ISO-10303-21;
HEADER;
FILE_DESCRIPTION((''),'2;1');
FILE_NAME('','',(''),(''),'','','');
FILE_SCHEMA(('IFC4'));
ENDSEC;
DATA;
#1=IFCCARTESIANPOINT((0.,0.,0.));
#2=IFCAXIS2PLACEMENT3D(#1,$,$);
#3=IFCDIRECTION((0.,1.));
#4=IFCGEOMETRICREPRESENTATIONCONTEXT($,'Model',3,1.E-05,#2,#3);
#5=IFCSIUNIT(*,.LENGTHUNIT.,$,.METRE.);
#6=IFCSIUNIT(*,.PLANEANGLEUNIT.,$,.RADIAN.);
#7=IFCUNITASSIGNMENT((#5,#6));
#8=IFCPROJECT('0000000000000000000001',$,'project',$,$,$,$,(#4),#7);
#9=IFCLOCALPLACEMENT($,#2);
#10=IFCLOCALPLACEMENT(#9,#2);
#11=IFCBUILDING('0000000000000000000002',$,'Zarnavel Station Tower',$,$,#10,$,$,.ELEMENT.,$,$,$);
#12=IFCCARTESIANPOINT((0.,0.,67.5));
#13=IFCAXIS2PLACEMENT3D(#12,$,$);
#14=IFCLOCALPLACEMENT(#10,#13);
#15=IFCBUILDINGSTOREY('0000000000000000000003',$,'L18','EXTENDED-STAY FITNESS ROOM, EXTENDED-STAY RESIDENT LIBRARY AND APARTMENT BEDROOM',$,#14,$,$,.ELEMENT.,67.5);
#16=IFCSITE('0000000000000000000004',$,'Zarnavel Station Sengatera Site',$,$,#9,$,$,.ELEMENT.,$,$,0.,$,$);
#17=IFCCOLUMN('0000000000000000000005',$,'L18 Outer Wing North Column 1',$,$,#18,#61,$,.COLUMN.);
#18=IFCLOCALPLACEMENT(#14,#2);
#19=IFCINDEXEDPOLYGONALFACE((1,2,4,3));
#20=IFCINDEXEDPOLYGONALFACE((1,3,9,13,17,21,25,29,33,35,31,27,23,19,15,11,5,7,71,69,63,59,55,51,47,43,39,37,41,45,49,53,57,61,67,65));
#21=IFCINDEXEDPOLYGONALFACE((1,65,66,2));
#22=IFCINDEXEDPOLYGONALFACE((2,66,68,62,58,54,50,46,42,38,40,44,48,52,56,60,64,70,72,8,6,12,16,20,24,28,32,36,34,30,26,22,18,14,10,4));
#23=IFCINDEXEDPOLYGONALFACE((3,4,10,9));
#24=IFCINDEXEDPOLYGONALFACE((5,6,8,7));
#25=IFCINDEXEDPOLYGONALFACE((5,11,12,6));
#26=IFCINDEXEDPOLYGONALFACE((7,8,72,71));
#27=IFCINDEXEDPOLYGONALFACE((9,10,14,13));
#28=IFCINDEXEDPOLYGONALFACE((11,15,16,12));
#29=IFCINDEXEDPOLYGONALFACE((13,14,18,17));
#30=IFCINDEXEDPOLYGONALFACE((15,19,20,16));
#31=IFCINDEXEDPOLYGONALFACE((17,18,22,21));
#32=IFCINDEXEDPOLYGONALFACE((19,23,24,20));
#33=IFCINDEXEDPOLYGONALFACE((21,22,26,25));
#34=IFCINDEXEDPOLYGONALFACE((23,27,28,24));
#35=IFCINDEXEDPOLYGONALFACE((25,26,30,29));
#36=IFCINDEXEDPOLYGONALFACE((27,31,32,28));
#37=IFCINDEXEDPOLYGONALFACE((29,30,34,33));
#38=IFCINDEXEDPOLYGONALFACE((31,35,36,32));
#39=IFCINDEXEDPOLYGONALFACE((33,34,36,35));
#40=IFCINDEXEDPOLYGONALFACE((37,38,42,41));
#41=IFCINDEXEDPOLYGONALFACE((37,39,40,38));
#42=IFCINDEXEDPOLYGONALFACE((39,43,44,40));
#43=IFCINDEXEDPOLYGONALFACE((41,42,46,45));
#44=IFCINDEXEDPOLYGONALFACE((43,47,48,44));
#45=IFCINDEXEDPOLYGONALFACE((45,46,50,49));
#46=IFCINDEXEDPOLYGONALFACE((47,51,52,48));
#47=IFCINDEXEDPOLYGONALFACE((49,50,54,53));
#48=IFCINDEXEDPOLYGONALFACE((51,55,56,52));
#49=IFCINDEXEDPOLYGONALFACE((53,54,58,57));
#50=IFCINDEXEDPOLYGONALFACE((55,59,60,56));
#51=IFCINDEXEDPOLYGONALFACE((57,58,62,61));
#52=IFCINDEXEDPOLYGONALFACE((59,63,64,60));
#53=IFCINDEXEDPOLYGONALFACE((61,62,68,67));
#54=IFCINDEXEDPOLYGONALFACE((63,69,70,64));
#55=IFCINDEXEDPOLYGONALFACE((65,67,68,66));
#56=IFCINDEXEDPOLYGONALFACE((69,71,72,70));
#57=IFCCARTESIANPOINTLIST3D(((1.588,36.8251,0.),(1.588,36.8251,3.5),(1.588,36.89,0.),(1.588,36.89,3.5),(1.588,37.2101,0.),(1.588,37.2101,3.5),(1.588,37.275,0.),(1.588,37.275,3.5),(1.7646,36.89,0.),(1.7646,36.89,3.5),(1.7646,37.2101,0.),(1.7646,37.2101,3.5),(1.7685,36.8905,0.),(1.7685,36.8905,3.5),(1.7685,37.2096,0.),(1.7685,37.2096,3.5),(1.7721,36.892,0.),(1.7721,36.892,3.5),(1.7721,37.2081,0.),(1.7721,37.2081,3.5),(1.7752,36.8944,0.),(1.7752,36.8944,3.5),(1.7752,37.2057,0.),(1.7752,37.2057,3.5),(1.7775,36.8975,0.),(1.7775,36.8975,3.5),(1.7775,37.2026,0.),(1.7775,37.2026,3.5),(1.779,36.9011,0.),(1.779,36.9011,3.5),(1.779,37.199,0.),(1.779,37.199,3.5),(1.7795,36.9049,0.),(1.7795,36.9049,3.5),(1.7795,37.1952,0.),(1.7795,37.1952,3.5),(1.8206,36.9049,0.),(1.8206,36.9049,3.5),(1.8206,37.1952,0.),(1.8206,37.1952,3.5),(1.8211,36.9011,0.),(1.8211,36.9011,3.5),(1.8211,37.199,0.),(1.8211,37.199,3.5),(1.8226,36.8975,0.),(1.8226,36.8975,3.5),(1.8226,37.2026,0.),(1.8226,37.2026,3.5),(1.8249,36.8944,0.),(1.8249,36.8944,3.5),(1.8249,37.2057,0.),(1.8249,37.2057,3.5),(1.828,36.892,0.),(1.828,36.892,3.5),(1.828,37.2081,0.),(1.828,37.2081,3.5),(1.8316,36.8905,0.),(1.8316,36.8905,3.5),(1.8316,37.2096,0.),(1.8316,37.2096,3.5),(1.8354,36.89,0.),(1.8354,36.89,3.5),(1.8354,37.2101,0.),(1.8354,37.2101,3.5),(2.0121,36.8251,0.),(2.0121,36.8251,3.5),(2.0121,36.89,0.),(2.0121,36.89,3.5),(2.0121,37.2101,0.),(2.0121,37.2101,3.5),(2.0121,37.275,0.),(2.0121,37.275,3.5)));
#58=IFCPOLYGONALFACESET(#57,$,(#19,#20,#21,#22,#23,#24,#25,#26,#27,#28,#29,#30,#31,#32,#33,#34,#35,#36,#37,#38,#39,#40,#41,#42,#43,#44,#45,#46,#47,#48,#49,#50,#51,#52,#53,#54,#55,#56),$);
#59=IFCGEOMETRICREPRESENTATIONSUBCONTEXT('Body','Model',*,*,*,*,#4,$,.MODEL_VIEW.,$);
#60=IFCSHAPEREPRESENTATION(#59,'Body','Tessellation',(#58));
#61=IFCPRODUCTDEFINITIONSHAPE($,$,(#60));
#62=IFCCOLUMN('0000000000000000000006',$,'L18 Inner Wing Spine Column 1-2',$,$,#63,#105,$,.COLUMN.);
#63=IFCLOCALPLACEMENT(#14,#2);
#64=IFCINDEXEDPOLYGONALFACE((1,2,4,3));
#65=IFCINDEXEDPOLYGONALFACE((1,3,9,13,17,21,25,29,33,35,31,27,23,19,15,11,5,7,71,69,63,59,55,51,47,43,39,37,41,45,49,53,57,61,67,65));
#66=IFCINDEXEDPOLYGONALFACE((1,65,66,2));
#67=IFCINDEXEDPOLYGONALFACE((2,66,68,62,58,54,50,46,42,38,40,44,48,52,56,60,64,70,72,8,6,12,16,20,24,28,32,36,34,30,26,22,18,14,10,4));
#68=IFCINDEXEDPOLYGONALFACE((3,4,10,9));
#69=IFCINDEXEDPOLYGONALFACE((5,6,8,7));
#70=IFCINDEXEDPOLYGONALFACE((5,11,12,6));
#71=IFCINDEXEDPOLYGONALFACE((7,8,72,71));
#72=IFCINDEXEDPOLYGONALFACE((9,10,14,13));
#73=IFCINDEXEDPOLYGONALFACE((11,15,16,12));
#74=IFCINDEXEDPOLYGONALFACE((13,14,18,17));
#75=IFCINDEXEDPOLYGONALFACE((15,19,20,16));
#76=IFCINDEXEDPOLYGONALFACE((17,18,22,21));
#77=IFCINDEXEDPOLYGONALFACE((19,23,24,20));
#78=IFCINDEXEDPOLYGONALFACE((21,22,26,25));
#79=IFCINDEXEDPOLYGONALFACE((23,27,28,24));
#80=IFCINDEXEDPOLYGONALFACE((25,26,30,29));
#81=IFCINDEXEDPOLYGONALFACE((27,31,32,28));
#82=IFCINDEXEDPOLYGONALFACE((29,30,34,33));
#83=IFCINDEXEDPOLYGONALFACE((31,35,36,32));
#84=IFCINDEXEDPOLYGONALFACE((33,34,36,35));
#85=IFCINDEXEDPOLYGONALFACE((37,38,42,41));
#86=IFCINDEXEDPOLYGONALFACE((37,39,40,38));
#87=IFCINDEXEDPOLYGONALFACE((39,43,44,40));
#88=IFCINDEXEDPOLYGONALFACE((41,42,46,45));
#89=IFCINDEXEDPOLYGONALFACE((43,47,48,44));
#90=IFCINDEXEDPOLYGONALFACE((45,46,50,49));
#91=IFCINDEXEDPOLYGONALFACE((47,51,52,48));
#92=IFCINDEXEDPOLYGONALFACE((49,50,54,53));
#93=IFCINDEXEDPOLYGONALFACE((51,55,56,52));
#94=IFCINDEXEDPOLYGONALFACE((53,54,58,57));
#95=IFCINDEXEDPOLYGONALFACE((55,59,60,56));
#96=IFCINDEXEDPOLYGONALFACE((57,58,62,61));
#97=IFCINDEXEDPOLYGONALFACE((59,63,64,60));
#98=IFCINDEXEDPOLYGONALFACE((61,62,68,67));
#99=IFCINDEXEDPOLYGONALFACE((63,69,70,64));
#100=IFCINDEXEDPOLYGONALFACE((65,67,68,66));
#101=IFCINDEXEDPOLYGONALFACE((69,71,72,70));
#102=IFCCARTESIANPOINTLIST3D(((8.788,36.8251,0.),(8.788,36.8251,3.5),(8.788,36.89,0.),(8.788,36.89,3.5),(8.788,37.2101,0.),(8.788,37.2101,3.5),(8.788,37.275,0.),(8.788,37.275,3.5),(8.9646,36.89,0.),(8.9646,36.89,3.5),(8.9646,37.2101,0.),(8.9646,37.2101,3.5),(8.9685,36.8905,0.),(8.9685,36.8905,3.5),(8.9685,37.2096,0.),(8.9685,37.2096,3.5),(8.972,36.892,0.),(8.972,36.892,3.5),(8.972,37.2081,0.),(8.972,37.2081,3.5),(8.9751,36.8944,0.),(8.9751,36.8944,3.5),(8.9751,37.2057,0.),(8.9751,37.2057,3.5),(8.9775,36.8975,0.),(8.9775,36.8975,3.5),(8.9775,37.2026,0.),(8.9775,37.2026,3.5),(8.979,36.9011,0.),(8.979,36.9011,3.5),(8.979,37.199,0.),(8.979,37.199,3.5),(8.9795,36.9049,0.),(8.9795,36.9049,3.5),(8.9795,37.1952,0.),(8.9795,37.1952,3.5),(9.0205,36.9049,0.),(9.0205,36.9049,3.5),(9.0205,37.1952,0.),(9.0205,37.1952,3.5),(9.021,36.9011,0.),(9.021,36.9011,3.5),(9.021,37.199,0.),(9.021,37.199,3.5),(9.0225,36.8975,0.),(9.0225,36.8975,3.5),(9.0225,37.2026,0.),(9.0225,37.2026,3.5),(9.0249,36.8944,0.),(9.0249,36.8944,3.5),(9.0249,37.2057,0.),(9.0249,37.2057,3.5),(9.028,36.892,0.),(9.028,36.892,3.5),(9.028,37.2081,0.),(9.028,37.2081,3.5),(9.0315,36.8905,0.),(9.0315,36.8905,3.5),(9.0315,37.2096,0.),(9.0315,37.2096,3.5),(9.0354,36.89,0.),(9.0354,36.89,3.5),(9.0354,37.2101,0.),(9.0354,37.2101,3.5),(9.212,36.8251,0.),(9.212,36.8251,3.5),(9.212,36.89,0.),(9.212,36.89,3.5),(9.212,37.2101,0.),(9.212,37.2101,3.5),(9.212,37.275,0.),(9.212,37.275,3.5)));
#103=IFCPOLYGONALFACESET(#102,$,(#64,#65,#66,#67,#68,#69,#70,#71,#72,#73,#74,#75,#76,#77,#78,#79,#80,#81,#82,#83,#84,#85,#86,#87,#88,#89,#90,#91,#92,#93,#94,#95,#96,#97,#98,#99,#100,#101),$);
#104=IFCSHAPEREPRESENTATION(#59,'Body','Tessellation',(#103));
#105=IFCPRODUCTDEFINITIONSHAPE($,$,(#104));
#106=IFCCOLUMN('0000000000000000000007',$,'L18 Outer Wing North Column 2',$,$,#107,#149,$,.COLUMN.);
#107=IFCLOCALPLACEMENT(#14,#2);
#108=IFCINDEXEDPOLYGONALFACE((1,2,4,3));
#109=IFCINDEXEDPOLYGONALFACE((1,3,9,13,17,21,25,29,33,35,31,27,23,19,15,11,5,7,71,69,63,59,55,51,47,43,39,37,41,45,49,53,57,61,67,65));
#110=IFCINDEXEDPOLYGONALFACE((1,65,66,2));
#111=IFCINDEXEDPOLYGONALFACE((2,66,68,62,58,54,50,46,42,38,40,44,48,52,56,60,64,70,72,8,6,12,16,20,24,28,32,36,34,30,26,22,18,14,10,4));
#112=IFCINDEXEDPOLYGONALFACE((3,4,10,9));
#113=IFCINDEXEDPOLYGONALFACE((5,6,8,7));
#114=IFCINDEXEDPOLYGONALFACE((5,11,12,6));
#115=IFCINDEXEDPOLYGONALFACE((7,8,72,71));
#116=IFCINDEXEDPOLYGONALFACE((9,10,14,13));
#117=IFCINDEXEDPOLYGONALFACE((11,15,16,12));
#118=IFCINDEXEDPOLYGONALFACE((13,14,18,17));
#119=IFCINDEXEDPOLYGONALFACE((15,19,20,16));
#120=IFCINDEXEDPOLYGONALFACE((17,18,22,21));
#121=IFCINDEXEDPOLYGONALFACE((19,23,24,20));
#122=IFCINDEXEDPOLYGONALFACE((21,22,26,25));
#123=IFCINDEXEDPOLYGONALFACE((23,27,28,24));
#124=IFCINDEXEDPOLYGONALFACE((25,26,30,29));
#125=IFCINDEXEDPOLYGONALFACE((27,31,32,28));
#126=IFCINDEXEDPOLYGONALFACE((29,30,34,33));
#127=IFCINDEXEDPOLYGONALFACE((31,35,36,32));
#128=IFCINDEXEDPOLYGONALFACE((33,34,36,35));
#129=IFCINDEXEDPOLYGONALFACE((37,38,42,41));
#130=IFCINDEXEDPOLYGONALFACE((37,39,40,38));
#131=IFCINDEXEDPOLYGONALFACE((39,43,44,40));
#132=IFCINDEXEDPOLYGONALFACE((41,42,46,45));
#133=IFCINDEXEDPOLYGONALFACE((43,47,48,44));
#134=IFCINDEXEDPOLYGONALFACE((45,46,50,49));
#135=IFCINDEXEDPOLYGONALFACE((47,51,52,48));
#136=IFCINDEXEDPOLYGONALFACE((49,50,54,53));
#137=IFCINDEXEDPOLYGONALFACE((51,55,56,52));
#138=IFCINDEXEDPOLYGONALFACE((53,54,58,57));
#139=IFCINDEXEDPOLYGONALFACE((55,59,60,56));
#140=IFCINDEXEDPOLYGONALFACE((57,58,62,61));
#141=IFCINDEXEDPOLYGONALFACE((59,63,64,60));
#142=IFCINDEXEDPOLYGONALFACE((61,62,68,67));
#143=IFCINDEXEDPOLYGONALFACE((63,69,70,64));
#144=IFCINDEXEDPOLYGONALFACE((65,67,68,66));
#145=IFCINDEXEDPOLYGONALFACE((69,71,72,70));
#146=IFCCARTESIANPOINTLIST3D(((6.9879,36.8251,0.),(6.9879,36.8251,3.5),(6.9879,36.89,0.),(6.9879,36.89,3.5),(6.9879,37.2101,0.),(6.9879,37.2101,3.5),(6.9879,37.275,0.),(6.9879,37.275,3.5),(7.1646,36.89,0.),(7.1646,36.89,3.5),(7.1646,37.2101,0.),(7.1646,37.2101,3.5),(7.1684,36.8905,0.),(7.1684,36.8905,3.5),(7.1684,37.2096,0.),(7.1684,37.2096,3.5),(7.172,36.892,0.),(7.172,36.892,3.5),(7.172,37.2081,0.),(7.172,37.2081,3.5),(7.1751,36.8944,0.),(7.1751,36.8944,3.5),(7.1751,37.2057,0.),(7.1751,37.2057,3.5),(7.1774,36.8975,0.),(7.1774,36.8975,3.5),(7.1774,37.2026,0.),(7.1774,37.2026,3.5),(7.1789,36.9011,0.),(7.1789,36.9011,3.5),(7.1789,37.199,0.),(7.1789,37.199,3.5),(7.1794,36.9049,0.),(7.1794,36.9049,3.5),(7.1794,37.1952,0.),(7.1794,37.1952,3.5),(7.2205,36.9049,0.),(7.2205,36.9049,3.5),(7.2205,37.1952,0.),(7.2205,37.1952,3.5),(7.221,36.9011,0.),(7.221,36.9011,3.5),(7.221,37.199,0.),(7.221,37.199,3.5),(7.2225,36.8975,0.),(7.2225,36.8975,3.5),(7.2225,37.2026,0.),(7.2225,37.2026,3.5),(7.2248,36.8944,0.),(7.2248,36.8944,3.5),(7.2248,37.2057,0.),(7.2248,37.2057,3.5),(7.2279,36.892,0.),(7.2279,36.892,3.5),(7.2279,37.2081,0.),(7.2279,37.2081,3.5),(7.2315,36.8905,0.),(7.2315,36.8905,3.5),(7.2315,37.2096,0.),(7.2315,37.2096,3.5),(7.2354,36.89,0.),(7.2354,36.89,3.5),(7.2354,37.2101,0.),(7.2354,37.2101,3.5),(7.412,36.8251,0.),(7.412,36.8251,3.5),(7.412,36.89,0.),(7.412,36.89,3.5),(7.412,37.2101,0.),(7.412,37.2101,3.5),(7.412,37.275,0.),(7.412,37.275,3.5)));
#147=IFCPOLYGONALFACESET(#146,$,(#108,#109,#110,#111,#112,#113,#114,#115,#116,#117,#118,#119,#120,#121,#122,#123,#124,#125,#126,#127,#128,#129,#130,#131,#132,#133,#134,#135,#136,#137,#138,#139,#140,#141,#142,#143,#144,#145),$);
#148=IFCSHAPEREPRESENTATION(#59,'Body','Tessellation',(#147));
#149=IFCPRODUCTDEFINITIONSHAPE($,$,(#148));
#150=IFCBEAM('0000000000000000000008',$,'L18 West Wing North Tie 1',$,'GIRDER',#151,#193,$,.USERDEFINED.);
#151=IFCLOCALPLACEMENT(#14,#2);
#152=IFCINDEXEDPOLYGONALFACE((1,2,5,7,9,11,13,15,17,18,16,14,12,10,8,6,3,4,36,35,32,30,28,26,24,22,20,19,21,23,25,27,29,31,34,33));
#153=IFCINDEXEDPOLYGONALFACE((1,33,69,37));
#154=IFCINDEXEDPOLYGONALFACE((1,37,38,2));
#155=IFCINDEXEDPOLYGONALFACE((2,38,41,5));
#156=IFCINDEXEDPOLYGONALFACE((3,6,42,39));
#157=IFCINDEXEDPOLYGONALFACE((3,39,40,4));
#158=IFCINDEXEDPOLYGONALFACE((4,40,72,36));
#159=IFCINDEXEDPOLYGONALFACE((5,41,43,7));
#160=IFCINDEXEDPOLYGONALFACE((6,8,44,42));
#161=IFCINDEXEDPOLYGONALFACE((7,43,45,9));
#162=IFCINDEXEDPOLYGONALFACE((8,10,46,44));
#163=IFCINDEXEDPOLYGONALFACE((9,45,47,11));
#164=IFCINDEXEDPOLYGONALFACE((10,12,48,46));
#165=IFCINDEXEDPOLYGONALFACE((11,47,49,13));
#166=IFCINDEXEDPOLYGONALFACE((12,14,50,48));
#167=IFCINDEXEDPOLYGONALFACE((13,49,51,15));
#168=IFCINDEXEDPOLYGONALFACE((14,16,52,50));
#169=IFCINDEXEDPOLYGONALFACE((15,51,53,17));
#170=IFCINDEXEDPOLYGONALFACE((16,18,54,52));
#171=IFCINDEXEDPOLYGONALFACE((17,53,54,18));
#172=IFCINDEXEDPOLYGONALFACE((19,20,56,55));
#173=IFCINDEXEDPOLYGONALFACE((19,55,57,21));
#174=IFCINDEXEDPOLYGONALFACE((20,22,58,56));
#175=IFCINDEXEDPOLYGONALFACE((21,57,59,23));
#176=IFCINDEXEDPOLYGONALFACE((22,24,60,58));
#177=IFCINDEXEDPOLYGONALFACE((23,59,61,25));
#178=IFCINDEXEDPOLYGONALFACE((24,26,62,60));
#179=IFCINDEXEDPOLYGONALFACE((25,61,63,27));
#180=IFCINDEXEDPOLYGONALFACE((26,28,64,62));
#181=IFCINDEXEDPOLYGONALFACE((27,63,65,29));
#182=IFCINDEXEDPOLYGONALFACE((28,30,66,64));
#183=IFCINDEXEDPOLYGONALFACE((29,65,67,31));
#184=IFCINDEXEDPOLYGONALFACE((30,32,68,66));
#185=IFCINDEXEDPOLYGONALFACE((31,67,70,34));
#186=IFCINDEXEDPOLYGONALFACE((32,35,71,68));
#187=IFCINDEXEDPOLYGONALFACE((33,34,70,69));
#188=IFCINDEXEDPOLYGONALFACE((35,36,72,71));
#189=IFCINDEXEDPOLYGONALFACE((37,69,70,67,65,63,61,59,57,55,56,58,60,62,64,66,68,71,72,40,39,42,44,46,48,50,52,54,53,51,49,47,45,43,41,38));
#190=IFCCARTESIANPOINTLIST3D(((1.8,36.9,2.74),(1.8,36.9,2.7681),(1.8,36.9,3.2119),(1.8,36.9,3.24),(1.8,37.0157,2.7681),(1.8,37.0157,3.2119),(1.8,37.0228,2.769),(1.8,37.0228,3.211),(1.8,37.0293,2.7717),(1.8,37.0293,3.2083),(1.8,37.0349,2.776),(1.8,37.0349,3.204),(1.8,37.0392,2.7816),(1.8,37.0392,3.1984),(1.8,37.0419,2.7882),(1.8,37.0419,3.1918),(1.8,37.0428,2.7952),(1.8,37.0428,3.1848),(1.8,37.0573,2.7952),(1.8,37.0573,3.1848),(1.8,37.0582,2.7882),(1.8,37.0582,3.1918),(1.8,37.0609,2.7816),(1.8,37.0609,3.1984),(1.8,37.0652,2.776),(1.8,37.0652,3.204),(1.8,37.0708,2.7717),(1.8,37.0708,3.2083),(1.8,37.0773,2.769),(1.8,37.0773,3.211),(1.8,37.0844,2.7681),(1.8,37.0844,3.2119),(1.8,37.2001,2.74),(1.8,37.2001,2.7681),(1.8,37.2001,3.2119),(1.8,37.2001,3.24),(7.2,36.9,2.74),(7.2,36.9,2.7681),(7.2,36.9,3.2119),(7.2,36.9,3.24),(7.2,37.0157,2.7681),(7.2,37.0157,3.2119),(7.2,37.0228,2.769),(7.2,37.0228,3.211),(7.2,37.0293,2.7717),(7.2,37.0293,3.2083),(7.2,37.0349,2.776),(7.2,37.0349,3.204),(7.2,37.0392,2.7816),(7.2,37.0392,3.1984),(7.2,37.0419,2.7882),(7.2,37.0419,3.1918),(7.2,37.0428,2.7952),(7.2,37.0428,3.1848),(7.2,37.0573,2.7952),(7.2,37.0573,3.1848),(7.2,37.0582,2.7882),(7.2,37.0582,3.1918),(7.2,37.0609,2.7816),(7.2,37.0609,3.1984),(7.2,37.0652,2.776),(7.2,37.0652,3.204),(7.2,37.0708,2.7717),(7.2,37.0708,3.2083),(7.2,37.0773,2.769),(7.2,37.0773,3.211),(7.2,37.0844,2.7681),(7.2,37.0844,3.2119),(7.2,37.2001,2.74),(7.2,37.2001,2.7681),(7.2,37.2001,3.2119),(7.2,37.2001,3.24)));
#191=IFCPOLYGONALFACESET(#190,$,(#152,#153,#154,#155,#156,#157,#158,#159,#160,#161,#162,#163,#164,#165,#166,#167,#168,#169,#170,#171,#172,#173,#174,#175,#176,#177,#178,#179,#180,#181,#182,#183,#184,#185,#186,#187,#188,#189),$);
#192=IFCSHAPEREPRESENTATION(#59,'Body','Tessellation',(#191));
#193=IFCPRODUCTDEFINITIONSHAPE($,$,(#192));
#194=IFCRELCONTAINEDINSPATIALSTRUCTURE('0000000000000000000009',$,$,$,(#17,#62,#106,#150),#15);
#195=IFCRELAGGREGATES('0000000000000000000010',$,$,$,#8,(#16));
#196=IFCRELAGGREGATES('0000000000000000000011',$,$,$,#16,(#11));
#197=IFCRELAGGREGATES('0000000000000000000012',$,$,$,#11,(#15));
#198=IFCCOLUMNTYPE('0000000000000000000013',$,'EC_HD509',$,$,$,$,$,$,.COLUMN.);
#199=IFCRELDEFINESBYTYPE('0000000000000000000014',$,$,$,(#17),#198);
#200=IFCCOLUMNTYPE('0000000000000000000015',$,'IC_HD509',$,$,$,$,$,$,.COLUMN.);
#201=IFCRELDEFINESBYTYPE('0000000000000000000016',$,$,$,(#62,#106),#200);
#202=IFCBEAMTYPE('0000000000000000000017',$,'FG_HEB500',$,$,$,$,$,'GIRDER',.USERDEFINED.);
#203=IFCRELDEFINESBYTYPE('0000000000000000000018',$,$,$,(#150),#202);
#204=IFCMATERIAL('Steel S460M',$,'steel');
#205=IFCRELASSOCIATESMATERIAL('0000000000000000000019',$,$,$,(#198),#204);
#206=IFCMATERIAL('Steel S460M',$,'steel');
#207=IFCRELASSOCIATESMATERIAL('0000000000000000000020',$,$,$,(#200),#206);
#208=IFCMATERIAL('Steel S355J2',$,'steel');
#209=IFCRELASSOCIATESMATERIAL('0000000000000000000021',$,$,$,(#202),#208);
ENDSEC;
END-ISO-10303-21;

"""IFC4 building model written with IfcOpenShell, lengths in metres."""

from ifc_helpers import new_model, si_unit, direction, frame, origin, origin_2d, place, context, subcontext, project, spatial, i_section, extrude, material, material_profile, profile_set, type_object, element, save


model = new_model("IFC4")

# Units and contexts
model_context = context("Model", 3, precision=1e-05, world=origin(), true_north=direction((0.0, 1.0)))
body_context = subcontext(model_context, "Body", "Model", "MODEL_VIEW")
ifc_project = project(units=[si_unit("LENGTHUNIT", "METRE"), si_unit("PLANEANGLEUNIT", "RADIAN")], contexts=[model_context])

# Site, building, storey
site_placement = place(None, origin())
site = spatial("IfcSite", under=ifc_project, at=site_placement, Name="Zarnavel Station Sengatera Site", CompositionType="ELEMENT", RefElevation=0.0)
building_placement = place(site_placement, origin())
building = spatial("IfcBuilding", under=site, at=building_placement, Name="Zarnavel Station Tower", CompositionType="ELEMENT")
storey_placement = place(building_placement, frame((0.0, 0.0, 67.5)))
storey = spatial("IfcBuildingStorey", under=building, at=storey_placement, Name="L18", Description="EXTENDED-STAY FITNESS ROOM, EXTENDED-STAY RESIDENT LIBRARY AND APARTMENT BEDROOM", CompositionType="ELEMENT", Elevation=67.5)

# Columns
ifc_material_1 = material(Name="Steel S460M", Category="steel")
ifc_material_profile_1 = material_profile(ifc_material_1, i_section(OverallWidth=0.4241, OverallDepth=0.45, WebThickness=0.041, FlangeThickness=0.0649, FilletRadius=0.0149, at=origin_2d()), Name="HD400x509")
ifc_profile_set_1 = profile_set([ifc_material_profile_1], Name="Steel S460M")
column_type_1 = type_object("IfcColumnType", Name="EC_HD509", PredefinedType="COLUMN", material=ifc_profile_set_1)
column_placement = place(storey_placement, frame((1.8, 37.05, 0.0), z_axis=(0.0, 0.0, 1.0), x_axis=(1.0, 0.0, 0.0)))
element("IfcColumn", 1, at=column_placement, inside=storey, type_object=column_type_1, Name="L18 Outer Wing North Column 1", PredefinedType="COLUMN", context=body_context, shape_type="SweptSolid", body=[
    extrude(i_section(OverallWidth=0.4241, OverallDepth=0.45, WebThickness=0.041, FlangeThickness=0.0649, FilletRadius=0.0149, at=origin_2d()), origin(), (0.0, 0.0, 1.0), 3.5),
])
ifc_material_2 = material(Name="Steel S460M", Category="steel")
ifc_material_profile_2 = material_profile(ifc_material_2, i_section(OverallWidth=0.4241, OverallDepth=0.45, WebThickness=0.041, FlangeThickness=0.0649, FilletRadius=0.0149, at=origin_2d()), Name="HD400x509")
ifc_profile_set_2 = profile_set([ifc_material_profile_2], Name="Steel S460M")
column_type_2 = type_object("IfcColumnType", Name="IC_HD509", PredefinedType="COLUMN", material=ifc_profile_set_2)
for number, where, z_axis, x_axis, name in (
    (2, (9.0, 37.05, 0.0), (0.0, 0.0, 1.0), (1.0, 0.0, 0.0), "L18 Inner Wing Spine Column 1-2"),
    (3, (7.2, 37.05, 0.0), (0.0, 0.0, 1.0), (1.0, 0.0, 0.0), "L18 Outer Wing North Column 2"),
):
    element("IfcColumn", number, at=place(storey_placement, frame(where, z_axis=z_axis, x_axis=x_axis)), inside=storey, type_object=column_type_2, Name=name, PredefinedType="COLUMN", context=body_context, shape_type="SweptSolid", body=[
        extrude(i_section(OverallWidth=0.4241, OverallDepth=0.45, WebThickness=0.041, FlangeThickness=0.0649, FilletRadius=0.0149, at=origin_2d()), origin(), (0.0, 0.0, 1.0), 3.5),
    ])

# Beam
ifc_material_3 = material(Name="Steel S355J2", Category="steel")
ifc_material_profile_3 = material_profile(ifc_material_3, i_section(OverallWidth=0.3, OverallDepth=0.5, WebThickness=0.0144, FlangeThickness=0.0281, FilletRadius=0.0271, at=origin_2d()), Name="HEB500")
ifc_profile_set_3 = profile_set([ifc_material_profile_3], Name="Steel S355J2")
beam_type = type_object("IfcBeamType", Name="FG_HEB500", ElementType="GIRDER", PredefinedType="USERDEFINED", material=ifc_profile_set_3)
beam_1_placement = place(storey_placement, frame((1.8, 37.05, 2.99), z_axis=(1.0, 0.0, 0.0), x_axis=(0.0, 1.0, 0.0)))
element("IfcBeam", 4, at=beam_1_placement, inside=storey, type_object=beam_type, Name="L18 West Wing North Tie 1", ObjectType="GIRDER", PredefinedType="USERDEFINED", context=body_context, shape_type="SweptSolid", body=[
    extrude(i_section(OverallWidth=0.3, OverallDepth=0.5, WebThickness=0.0144, FlangeThickness=0.0281, FilletRadius=0.0271, at=origin_2d()), origin(), (0.0, 0.0, 1.0), 5.3999),
])

save(model, "model.ifc")
